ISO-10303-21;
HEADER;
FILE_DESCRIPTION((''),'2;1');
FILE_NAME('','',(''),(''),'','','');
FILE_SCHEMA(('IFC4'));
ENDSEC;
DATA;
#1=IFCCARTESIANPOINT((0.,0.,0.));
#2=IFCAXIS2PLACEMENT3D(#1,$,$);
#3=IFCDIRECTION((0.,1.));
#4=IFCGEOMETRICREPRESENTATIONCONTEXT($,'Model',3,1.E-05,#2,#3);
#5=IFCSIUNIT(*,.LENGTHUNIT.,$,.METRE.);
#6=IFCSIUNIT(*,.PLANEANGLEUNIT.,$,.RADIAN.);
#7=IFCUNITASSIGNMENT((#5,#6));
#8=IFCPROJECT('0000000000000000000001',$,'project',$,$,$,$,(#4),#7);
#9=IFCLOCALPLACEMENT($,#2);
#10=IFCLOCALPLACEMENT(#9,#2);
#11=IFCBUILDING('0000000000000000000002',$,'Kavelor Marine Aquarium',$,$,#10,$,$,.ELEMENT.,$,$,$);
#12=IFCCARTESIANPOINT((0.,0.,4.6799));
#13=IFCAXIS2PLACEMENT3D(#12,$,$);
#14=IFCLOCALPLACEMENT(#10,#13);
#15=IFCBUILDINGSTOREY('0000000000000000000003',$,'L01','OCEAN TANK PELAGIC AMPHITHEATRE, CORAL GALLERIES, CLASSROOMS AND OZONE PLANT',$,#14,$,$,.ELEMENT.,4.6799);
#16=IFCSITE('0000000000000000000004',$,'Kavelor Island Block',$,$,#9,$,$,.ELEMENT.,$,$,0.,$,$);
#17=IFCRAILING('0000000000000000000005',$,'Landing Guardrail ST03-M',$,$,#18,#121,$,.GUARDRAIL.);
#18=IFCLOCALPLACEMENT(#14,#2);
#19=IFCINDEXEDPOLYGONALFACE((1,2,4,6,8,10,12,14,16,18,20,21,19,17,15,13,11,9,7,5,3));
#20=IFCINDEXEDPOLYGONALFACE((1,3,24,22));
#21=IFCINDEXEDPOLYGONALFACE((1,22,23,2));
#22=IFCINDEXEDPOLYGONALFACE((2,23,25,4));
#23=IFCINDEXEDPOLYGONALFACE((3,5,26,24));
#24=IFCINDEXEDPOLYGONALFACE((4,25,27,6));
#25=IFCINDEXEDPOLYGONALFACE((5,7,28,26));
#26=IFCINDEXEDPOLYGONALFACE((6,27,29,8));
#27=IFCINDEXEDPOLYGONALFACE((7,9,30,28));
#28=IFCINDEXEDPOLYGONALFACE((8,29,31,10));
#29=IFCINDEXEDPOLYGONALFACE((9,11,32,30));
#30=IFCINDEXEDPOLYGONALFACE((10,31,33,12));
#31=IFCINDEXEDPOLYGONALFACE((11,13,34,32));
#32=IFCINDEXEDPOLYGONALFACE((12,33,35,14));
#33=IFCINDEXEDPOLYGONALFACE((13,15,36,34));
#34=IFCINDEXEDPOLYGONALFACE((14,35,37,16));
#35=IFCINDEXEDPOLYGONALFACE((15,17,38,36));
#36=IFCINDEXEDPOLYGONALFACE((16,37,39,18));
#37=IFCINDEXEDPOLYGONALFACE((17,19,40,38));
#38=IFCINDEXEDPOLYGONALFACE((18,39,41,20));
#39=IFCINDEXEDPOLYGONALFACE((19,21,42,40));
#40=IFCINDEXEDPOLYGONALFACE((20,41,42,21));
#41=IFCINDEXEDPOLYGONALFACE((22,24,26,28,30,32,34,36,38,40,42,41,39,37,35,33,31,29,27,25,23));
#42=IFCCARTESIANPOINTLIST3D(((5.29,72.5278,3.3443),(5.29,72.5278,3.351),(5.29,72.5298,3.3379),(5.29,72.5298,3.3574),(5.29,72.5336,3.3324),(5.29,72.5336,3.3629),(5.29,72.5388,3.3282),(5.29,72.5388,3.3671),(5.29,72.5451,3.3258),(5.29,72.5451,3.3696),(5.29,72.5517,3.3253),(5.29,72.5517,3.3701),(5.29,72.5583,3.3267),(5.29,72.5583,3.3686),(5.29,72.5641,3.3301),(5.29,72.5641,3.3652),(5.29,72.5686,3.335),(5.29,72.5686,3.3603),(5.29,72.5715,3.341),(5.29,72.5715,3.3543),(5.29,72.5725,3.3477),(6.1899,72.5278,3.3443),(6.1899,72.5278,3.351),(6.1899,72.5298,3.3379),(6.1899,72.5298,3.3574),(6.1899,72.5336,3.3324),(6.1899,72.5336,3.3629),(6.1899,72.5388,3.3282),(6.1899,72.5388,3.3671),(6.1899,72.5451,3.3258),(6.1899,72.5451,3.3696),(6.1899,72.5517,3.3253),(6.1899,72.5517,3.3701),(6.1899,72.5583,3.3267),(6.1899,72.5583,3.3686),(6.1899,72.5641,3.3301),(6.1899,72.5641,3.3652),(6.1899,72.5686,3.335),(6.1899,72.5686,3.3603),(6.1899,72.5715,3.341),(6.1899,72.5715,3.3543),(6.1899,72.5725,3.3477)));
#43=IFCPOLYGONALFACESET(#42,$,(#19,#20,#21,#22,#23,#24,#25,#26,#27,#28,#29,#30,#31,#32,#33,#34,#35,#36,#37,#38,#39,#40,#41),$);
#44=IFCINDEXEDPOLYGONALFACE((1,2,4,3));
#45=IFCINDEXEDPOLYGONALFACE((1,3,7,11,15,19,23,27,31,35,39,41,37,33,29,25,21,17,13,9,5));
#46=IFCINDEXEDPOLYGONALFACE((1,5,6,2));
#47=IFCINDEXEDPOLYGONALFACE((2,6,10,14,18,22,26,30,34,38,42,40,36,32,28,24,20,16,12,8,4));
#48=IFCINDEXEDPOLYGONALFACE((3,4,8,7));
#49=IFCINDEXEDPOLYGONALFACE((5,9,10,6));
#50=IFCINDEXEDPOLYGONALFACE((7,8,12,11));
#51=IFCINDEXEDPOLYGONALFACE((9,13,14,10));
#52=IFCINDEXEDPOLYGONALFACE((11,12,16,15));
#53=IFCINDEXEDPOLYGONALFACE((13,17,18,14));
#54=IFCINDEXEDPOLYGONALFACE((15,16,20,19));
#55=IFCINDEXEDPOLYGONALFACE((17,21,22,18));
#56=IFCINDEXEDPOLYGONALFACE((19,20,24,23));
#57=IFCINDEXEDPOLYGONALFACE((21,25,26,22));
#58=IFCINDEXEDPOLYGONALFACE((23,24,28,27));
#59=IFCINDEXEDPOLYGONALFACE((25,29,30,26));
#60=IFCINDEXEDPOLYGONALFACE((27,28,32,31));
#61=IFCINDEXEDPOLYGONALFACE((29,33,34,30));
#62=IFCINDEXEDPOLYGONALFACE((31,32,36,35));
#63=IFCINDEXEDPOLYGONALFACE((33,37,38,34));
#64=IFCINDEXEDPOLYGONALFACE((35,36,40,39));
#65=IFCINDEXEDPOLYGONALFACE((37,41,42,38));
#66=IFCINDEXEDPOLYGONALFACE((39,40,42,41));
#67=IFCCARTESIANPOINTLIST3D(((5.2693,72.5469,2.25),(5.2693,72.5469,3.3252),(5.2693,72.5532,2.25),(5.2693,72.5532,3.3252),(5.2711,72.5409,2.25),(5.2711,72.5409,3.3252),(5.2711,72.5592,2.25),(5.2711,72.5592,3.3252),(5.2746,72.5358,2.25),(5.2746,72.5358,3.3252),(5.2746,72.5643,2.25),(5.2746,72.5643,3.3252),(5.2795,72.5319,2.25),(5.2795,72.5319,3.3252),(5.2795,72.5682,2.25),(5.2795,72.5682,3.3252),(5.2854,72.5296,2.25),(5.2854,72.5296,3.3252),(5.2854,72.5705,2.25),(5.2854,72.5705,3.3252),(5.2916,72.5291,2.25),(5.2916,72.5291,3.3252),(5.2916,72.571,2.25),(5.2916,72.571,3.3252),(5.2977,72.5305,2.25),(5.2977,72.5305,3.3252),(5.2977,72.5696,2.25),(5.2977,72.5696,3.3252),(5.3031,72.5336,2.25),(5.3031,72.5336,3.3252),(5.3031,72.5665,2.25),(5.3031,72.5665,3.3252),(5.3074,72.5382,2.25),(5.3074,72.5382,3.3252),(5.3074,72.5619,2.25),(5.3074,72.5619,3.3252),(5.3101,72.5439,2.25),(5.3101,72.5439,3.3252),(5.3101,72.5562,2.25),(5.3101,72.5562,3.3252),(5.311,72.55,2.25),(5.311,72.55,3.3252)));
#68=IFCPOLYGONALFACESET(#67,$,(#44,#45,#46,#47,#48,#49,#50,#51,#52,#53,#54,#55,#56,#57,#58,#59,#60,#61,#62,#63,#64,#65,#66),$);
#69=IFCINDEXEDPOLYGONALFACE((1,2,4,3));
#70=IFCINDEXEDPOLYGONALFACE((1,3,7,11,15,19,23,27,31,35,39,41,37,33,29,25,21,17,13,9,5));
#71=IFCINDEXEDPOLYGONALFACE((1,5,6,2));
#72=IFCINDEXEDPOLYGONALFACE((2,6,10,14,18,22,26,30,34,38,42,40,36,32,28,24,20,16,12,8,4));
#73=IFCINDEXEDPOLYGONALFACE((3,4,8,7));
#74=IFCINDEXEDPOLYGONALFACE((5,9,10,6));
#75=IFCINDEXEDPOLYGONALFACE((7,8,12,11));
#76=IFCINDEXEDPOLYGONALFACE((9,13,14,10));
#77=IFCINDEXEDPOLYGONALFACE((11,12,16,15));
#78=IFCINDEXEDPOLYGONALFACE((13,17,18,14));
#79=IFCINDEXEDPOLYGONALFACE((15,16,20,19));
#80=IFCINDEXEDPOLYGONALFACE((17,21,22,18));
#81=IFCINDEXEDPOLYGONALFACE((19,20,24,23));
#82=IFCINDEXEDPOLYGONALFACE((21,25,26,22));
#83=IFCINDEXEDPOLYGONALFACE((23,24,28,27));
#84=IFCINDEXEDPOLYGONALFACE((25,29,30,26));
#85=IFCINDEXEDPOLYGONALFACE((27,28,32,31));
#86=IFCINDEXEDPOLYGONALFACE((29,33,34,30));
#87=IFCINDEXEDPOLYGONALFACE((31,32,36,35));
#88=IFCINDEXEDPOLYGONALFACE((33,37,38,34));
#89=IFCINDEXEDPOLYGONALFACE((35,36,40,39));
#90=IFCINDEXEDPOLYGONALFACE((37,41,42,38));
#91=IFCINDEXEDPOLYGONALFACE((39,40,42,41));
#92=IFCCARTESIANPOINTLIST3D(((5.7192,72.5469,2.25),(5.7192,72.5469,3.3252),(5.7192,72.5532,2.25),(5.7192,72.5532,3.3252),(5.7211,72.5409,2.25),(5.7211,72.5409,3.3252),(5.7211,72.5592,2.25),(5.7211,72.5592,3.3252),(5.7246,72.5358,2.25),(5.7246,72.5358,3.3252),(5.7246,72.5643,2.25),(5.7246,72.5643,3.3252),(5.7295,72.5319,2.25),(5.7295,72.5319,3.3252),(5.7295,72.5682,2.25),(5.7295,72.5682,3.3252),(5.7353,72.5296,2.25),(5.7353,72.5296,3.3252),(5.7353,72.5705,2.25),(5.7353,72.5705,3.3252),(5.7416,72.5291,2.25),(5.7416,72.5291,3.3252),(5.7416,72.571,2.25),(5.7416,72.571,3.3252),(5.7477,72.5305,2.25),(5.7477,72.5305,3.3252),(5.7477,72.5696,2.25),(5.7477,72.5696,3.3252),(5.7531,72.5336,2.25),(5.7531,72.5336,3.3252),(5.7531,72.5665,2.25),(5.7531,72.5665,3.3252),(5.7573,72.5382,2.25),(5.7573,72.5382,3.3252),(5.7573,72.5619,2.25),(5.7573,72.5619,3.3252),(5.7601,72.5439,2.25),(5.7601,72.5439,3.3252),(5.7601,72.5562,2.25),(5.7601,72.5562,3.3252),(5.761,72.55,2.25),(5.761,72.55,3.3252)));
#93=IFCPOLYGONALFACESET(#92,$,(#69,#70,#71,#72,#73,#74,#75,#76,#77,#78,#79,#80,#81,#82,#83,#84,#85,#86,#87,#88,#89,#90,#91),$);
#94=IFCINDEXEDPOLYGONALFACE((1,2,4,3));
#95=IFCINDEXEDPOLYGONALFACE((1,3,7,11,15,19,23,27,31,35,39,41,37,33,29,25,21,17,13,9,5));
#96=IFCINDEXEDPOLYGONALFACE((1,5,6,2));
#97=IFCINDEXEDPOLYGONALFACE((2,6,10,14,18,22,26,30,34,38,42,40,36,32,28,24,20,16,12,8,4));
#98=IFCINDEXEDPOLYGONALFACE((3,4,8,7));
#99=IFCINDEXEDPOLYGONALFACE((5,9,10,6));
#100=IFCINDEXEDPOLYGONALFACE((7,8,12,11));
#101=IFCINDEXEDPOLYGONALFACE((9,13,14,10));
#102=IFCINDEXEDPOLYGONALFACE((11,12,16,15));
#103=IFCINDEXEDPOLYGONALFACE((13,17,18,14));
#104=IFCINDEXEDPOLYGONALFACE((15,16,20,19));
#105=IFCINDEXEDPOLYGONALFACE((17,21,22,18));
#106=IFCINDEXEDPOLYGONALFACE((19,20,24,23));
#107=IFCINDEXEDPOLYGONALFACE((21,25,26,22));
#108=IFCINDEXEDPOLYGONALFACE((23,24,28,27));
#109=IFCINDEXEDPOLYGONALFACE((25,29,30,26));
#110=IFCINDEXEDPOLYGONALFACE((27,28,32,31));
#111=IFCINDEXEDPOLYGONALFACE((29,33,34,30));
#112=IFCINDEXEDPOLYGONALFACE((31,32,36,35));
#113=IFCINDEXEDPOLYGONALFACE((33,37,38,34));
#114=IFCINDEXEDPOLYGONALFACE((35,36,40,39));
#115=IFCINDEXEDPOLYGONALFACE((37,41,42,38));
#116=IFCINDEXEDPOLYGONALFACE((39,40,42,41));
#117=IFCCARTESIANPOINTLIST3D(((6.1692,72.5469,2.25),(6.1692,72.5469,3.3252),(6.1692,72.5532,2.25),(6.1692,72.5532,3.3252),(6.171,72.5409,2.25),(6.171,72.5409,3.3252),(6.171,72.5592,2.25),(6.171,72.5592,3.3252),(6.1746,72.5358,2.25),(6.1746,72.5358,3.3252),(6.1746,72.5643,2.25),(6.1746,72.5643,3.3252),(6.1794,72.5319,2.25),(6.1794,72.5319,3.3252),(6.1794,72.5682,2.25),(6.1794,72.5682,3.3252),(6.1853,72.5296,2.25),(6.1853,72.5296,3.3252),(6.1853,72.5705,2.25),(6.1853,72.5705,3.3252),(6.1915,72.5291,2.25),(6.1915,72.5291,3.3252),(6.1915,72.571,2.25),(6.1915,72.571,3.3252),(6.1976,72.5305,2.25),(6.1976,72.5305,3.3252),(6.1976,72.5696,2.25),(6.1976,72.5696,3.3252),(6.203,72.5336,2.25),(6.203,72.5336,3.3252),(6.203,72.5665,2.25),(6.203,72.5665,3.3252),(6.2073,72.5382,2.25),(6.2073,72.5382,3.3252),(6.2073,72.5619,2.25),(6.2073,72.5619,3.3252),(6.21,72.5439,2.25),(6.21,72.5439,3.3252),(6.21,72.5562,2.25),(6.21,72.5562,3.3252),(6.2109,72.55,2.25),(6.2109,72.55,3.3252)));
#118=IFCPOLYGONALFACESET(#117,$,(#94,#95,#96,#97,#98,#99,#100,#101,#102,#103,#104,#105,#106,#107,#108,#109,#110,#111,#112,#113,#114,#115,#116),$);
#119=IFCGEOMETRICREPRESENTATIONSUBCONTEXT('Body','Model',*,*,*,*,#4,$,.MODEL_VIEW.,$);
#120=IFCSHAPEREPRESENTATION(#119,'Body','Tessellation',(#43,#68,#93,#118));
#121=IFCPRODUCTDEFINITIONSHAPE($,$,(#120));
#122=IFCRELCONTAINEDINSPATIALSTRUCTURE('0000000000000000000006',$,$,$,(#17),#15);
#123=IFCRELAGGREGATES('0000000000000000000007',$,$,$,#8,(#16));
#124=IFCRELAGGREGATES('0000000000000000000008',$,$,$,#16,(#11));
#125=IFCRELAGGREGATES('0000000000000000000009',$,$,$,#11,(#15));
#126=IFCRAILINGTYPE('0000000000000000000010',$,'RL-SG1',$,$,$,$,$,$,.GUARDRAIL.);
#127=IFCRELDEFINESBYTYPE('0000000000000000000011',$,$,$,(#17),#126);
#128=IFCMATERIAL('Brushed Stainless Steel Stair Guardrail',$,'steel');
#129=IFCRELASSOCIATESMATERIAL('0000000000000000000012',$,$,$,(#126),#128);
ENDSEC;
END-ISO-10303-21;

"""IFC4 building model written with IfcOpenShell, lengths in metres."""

from ifc_helpers import new_model, si_unit, direction, frame, origin, origin_2d, place, context, subcontext, project, spatial, circle, extrude, material, type_object, element, save


model = new_model("IFC4")

# Units and contexts
model_context = context("Model", 3, precision=1e-05, world=origin(), true_north=direction((0.0, 1.0)))
body_context = subcontext(model_context, "Body", "Model", "MODEL_VIEW")
ifc_project = project(units=[si_unit("LENGTHUNIT", "METRE"), si_unit("PLANEANGLEUNIT", "RADIAN")], contexts=[model_context])

# Site, building, storey
site_placement = place(None, origin())
site = spatial("IfcSite", under=ifc_project, at=site_placement, Name="Kavelor Island Block", CompositionType="ELEMENT", RefElevation=0.0)
building_placement = place(site_placement, origin())
building = spatial("IfcBuilding", under=site, at=building_placement, Name="Kavelor Marine Aquarium", CompositionType="ELEMENT")
storey_placement = place(building_placement, frame((0.0, 0.0, 4.6799)))
storey = spatial("IfcBuildingStorey", under=building, at=storey_placement, Name="L01", Description="OCEAN TANK PELAGIC AMPHITHEATRE, CORAL GALLERIES, CLASSROOMS AND OZONE PLANT", CompositionType="ELEMENT", Elevation=4.6799)

# Railing
ifc_material_1 = material(Name="Brushed Stainless Steel Stair Guardrail", Category="steel")
railing_type_1 = type_object("IfcRailingType", Name="RL-SG1", PredefinedType="GUARDRAIL", material=ifc_material_1)
railing_1_placement = place(storey_placement, frame((5.29, 72.55, 2.25)))
element("IfcRailing", 1, at=railing_1_placement, inside=storey, type_object=railing_type_1, Name="Landing Guardrail ST03-M", PredefinedType="GUARDRAIL", context=body_context, shape_type="SweptSolid", body=[
    extrude(circle(Radius=0.0225, at=origin_2d()), frame((0.0, 0.0, 1.0977), z_axis=(1.0, 0.0, 0.0), x_axis=(0.0, 1.0, 0.0)), (0.0, 0.0, 1.0), 0.8999),
    extrude(circle(Radius=0.021, at=origin_2d()), origin(), (0.0, 0.0, 1.0), 1.0752),
    extrude(circle(Radius=0.021, at=origin_2d()), frame((0.45, 0.0, 0.0)), (0.0, 0.0, 1.0), 1.0752),
    extrude(circle(Radius=0.021, at=origin_2d()), frame((0.8999, 0.0, 0.0)), (0.0, 0.0, 1.0), 1.0752),
])

save(model, "model.ifc")
